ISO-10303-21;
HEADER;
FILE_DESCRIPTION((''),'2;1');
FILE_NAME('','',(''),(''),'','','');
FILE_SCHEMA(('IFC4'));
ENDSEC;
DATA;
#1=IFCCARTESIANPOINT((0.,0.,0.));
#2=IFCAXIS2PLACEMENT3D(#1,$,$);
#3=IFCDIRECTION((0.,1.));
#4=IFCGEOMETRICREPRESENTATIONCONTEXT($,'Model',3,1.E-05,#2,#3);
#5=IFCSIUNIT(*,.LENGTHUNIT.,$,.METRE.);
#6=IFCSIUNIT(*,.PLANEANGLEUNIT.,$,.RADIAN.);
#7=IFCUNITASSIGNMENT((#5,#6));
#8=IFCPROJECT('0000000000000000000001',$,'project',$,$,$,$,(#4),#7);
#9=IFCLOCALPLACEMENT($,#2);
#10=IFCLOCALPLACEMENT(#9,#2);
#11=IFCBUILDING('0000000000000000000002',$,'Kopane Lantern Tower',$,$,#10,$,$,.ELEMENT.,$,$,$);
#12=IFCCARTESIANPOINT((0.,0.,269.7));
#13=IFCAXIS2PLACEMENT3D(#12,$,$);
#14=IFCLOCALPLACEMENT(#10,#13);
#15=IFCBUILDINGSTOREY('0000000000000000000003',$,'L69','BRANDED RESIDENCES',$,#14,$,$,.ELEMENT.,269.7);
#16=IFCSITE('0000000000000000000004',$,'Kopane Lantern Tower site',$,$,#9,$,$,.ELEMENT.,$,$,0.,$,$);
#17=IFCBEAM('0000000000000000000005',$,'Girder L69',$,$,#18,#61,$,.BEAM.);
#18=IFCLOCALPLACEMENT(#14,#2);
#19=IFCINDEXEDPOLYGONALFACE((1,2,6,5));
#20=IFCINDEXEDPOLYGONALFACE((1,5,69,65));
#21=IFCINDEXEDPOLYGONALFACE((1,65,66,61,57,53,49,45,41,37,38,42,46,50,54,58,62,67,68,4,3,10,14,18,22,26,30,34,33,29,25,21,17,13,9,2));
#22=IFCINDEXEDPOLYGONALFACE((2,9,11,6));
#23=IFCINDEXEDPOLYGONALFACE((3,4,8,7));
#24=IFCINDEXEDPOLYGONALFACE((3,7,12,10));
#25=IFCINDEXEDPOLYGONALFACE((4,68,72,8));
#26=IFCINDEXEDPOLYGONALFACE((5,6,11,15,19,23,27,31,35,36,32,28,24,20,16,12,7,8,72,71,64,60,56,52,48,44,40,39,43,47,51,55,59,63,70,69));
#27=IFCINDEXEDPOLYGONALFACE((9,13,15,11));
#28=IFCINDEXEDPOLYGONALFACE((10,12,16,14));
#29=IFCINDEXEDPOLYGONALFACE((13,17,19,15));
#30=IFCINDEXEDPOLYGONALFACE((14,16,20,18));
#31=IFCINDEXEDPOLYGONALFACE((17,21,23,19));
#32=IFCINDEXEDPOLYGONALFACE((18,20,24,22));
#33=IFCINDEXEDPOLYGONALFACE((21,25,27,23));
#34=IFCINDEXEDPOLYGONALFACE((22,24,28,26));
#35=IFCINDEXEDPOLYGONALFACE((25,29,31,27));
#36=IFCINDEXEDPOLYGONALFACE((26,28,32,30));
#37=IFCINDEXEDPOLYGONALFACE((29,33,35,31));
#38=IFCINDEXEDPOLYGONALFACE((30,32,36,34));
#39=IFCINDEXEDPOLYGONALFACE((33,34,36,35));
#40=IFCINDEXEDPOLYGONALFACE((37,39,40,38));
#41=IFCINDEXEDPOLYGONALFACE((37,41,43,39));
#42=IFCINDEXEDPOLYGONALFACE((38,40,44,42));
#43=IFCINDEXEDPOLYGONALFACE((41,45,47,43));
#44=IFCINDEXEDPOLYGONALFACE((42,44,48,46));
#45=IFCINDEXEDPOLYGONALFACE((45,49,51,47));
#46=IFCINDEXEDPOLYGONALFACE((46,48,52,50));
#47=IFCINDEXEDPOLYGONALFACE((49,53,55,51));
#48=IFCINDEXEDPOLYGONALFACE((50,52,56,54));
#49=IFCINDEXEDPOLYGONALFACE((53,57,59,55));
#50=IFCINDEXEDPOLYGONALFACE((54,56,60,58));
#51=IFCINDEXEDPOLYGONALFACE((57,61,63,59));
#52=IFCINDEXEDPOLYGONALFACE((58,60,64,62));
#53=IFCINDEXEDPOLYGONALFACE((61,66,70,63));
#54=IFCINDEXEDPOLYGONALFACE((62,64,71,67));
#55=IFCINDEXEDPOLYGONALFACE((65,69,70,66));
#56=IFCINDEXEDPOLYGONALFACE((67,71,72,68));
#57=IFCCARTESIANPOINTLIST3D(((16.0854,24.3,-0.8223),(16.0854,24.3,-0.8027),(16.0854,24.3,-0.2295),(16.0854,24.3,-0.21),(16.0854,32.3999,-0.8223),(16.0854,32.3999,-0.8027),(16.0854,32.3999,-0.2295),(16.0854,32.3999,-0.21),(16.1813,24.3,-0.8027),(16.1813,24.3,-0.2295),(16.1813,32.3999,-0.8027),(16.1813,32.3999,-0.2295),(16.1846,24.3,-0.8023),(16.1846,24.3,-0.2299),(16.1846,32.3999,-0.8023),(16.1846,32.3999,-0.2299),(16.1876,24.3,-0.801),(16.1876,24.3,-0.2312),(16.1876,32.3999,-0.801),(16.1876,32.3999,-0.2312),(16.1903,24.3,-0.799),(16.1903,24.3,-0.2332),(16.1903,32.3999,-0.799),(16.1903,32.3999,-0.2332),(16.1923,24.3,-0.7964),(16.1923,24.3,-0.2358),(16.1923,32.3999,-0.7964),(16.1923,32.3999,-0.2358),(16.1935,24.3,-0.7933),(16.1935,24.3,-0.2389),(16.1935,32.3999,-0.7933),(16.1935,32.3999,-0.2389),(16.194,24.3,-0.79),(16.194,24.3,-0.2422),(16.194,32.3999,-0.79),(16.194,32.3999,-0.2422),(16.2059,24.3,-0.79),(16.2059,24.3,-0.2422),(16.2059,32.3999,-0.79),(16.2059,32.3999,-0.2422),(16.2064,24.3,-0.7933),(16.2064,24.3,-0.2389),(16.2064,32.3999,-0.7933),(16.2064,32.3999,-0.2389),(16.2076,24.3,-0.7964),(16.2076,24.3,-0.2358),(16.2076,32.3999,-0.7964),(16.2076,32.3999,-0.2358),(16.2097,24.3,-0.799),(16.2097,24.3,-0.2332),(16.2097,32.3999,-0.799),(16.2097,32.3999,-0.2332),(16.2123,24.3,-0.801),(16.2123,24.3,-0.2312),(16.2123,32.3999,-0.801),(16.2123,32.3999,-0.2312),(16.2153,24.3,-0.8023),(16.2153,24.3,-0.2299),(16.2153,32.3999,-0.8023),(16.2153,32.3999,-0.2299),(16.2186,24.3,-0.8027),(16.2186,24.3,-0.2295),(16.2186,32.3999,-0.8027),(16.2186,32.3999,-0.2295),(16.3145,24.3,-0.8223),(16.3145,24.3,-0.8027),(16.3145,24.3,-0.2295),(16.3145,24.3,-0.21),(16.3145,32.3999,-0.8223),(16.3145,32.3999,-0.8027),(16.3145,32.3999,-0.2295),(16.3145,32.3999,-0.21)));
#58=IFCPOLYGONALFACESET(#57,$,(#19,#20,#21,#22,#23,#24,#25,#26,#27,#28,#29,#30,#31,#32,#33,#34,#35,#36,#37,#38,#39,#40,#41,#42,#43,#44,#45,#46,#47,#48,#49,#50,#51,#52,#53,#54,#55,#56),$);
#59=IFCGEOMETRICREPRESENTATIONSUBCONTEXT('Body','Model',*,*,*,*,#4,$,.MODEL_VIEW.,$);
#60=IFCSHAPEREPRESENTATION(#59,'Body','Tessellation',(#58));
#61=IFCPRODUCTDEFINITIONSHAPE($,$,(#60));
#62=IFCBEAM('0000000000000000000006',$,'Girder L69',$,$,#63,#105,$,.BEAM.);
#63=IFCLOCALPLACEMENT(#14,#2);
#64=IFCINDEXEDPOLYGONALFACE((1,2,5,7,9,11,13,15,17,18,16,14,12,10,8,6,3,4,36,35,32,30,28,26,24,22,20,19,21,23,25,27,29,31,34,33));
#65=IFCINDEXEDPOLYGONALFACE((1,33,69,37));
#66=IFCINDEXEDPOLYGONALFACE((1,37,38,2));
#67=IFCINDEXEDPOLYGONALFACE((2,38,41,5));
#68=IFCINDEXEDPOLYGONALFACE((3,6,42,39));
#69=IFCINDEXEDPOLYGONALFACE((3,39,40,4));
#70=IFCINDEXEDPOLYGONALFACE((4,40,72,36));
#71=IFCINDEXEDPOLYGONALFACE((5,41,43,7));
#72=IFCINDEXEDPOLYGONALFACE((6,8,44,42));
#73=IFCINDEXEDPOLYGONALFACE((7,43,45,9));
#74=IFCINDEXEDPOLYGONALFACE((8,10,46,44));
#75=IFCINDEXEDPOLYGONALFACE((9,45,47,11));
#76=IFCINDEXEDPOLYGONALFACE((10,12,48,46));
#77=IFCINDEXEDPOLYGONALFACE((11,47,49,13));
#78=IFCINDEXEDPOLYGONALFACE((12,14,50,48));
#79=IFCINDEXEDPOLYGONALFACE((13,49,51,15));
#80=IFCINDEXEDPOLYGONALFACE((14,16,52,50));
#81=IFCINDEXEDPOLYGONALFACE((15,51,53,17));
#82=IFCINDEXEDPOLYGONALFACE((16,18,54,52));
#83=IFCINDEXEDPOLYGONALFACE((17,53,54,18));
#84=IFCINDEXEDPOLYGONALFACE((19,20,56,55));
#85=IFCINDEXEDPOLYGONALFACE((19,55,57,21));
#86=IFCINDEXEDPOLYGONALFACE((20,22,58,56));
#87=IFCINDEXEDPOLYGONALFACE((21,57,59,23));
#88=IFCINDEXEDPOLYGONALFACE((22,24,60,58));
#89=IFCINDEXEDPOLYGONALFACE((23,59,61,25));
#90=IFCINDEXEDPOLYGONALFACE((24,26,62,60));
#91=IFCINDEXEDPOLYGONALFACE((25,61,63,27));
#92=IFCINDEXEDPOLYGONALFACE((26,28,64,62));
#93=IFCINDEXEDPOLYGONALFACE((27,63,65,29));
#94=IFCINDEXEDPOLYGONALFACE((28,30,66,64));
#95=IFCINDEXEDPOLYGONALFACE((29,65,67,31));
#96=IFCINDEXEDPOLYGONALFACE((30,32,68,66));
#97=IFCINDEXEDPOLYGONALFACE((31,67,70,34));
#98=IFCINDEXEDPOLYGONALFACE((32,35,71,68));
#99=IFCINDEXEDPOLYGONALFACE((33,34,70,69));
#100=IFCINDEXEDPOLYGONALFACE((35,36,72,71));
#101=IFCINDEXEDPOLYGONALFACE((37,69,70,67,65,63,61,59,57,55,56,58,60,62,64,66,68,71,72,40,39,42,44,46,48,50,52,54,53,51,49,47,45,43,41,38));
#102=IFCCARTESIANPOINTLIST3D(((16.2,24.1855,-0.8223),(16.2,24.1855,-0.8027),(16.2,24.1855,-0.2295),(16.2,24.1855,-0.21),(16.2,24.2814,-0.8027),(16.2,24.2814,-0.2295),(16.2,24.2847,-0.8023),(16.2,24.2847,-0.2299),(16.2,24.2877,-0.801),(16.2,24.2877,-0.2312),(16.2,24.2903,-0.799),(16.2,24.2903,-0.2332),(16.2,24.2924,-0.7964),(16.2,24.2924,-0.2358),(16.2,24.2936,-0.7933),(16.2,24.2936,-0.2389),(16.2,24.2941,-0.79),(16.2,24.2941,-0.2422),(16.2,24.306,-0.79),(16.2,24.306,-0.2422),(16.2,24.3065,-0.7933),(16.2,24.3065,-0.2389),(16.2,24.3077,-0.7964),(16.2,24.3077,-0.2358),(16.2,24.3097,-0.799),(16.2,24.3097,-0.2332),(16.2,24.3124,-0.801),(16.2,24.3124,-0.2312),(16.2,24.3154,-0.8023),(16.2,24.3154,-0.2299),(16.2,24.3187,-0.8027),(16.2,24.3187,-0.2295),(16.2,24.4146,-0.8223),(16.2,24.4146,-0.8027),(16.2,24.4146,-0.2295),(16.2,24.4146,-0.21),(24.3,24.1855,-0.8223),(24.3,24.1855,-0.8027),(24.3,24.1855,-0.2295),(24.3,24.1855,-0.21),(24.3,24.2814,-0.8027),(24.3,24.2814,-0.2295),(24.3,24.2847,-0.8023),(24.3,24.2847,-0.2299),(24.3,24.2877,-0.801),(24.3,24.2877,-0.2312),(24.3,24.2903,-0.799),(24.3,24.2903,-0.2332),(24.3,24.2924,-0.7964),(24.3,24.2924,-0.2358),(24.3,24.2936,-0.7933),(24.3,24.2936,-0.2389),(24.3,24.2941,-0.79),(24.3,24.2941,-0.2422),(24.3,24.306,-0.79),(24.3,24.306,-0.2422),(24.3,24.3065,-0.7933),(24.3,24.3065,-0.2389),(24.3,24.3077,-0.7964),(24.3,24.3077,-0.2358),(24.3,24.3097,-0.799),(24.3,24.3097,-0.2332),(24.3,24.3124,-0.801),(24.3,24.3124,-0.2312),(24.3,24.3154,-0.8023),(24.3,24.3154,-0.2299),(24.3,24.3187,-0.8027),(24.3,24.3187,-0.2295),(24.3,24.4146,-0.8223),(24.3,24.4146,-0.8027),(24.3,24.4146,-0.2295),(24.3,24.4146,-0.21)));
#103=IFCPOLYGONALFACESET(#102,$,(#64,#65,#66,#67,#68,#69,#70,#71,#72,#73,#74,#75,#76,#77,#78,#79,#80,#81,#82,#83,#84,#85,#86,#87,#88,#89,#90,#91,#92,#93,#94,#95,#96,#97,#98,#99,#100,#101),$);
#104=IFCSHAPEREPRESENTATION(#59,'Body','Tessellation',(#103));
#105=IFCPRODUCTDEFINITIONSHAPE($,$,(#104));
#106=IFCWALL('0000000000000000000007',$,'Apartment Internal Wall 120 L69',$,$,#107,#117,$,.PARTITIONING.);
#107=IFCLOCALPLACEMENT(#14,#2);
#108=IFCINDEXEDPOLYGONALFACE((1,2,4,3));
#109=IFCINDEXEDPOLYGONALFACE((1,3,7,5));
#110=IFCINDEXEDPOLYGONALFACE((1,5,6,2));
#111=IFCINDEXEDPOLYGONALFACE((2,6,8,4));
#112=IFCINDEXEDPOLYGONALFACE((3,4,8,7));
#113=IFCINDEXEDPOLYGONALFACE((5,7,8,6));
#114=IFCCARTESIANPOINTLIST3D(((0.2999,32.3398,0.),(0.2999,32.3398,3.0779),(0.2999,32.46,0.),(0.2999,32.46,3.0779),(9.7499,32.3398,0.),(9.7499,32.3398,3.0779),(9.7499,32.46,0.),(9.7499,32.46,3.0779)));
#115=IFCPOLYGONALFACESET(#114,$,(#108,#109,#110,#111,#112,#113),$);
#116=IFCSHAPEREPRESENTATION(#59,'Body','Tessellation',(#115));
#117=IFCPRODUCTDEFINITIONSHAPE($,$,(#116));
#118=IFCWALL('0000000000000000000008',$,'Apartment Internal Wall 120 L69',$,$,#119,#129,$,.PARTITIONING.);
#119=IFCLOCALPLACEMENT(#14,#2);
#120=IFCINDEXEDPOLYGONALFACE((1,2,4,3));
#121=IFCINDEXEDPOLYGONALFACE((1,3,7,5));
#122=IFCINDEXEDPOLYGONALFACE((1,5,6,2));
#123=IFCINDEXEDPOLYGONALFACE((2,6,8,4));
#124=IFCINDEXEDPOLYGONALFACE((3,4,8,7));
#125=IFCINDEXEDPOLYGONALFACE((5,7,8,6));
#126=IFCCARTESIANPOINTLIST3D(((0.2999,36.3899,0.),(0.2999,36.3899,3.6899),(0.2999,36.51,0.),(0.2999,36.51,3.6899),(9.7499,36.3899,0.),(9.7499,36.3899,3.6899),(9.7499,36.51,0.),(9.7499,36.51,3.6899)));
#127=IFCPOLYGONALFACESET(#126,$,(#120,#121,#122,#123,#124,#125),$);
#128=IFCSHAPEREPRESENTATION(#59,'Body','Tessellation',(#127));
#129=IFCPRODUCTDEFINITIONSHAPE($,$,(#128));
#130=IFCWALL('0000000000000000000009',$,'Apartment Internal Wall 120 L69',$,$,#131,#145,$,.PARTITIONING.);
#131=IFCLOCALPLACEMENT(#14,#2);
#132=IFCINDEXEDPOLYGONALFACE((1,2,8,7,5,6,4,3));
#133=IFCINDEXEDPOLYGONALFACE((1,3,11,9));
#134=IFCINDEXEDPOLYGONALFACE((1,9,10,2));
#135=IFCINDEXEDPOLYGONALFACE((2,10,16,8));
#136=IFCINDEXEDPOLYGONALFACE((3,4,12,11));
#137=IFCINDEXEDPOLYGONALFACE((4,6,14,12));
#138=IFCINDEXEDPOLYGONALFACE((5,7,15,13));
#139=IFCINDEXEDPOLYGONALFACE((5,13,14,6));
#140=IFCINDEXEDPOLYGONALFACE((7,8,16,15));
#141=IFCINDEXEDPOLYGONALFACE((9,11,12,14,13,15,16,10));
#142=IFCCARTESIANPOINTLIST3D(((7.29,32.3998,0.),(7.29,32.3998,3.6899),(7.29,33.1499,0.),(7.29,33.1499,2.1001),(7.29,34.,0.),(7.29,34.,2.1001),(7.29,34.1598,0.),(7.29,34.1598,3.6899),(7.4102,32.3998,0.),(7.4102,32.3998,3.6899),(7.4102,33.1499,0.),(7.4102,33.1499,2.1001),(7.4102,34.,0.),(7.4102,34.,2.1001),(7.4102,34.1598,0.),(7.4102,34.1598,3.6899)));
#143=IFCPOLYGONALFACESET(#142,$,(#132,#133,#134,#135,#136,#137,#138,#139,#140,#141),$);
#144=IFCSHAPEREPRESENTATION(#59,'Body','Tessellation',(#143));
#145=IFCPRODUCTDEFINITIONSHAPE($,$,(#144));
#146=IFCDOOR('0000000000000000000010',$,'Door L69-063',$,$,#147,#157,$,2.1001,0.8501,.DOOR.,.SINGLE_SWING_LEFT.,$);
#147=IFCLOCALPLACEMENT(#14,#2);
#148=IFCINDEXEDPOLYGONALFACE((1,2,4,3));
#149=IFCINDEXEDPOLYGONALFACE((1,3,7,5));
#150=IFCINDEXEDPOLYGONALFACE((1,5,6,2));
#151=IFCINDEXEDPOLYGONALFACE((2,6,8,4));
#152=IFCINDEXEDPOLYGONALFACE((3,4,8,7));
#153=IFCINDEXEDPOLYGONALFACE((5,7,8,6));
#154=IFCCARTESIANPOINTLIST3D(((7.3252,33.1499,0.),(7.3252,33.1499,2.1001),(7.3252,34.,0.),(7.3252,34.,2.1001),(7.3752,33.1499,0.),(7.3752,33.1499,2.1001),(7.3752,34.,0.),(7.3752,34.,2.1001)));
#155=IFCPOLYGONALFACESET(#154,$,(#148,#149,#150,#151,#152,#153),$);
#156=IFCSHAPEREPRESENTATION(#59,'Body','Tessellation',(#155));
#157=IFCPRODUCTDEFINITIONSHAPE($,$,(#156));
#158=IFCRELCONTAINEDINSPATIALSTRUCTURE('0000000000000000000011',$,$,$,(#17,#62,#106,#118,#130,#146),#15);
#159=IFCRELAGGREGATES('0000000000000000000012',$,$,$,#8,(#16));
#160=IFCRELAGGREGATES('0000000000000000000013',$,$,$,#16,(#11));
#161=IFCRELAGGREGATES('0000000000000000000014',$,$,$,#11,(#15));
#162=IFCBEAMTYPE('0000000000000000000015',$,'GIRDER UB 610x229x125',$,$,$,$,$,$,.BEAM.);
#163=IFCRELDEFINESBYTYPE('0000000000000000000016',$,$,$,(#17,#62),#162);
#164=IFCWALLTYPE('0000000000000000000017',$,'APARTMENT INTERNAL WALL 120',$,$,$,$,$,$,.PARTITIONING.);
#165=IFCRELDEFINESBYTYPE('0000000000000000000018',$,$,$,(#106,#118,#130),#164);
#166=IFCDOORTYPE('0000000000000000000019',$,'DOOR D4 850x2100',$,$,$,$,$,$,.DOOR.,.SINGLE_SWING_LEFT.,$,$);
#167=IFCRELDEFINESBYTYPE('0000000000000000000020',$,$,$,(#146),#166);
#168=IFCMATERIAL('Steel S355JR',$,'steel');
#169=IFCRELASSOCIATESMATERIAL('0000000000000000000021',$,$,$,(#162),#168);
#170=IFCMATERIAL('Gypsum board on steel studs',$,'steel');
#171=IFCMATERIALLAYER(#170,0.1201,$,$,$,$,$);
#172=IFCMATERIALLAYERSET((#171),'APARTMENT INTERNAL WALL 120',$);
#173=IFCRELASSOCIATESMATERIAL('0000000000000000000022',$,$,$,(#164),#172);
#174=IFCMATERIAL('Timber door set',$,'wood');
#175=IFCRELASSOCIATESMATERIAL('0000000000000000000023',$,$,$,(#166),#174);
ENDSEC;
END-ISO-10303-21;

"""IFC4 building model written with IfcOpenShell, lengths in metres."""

from ifc_helpers import new_model, si_unit, direction, frame, frame_2d, origin, origin_2d, place, context, subcontext, project, spatial, rectangle, i_section, extrude, material, layer, layer_set, material_profile, profile_set, type_object, element, fill, save


model = new_model("IFC4")

# Units and contexts
model_context = context("Model", 3, precision=1e-05, world=origin(), true_north=direction((0.0, 1.0)))
body_context = subcontext(model_context, "Body", "Model", "MODEL_VIEW")
ifc_project = project(units=[si_unit("LENGTHUNIT", "METRE"), si_unit("PLANEANGLEUNIT", "RADIAN")], contexts=[model_context])

# Site, building, storey
site_placement = place(None, origin())
site = spatial("IfcSite", under=ifc_project, at=site_placement, Name="Kopane Lantern Tower site", CompositionType="ELEMENT", RefElevation=0.0)
building_placement = place(site_placement, origin())
building = spatial("IfcBuilding", under=site, at=building_placement, Name="Kopane Lantern Tower", CompositionType="ELEMENT")
storey_placement = place(building_placement, frame((0.0, 0.0, 269.7)))
storey = spatial("IfcBuildingStorey", under=building, at=storey_placement, Name="L69", Description="BRANDED RESIDENCES", CompositionType="ELEMENT", Elevation=269.7)

# Beams
ifc_material_1 = material(Name="Steel S355JR", Category="steel")
ifc_material_profile_1 = material_profile(ifc_material_1, i_section(OverallWidth=0.229, OverallDepth=0.6123, WebThickness=0.012, FlangeThickness=0.0195, FilletRadius=0.0127, at=origin_2d()), Name="UB 610x229x125")
ifc_profile_set_1 = profile_set([ifc_material_profile_1], Name="Steel S355JR")
beam_type = type_object("IfcBeamType", Name="GIRDER UB 610x229x125", PredefinedType="BEAM", material=ifc_profile_set_1)
for number, where, z_axis, x_axis, name in (
    (1, (16.2, 24.3, -0.5161), (0.0, 1.0, 0.0), (-1.0, 0.0, 0.0), "Girder L69"),
):
    element("IfcBeam", number, at=place(storey_placement, frame(where, z_axis=z_axis, x_axis=x_axis)), inside=storey, type_object=beam_type, Name=name, PredefinedType="BEAM", context=body_context, shape_type="SweptSolid", body=[
        extrude(i_section(OverallWidth=0.229, OverallDepth=0.6123, WebThickness=0.012, FlangeThickness=0.0195, FilletRadius=0.0127, at=origin_2d()), origin(), (0.0, 0.0, 1.0), 8.0999),
    ])
beam_placement = place(storey_placement, frame((16.2, 24.3, -0.5161), z_axis=(1.0, 0.0, 0.0), x_axis=(0.0, 1.0, 0.0)))
element("IfcBeam", 2, at=beam_placement, inside=storey, type_object=beam_type, Name="Girder L69", PredefinedType="BEAM", context=body_context, shape_type="SweptSolid", body=[
    extrude(i_section(OverallWidth=0.229, OverallDepth=0.6123, WebThickness=0.012, FlangeThickness=0.0195, FilletRadius=0.0127, at=origin_2d()), origin(), (0.0, 0.0, 1.0), 8.1001),
])

# Walls
ifc_material_2 = material(Name="Gypsum board on steel studs", Category="steel")
ifc_layer_1 = layer(ifc_material_2, 0.1201)
ifc_layer_set_1 = layer_set([ifc_layer_1], Name="APARTMENT INTERNAL WALL 120")
wall_type_1 = type_object("IfcWallType", Name="APARTMENT INTERNAL WALL 120", PredefinedType="PARTITIONING", material=ifc_layer_set_1)
wall_1_placement = place(storey_placement, frame((9.75, 32.3999, 0.0), z_axis=(0.0, 0.0, 1.0), x_axis=(-1.0, 0.0, 0.0)))
element("IfcWall", 3, at=wall_1_placement, inside=storey, type_object=wall_type_1, Name="Apartment Internal Wall 120 L69", PredefinedType="PARTITIONING", context=body_context, shape_type="SweptSolid", body=[
    extrude(rectangle(XDim=9.45, YDim=0.1201, at=frame_2d((4.7251, 0.0))), origin(), (0.0, 0.0, 1.0), 3.0779),
])
wall_2_placement = place(storey_placement, frame((9.75, 36.45, 0.0), z_axis=(0.0, 0.0, 1.0), x_axis=(-1.0, 0.0, 0.0)))
element("IfcWall", 4, at=wall_2_placement, inside=storey, type_object=wall_type_1, Name="Apartment Internal Wall 120 L69", PredefinedType="PARTITIONING", context=body_context, shape_type="SweptSolid", body=[
    extrude(rectangle(XDim=9.45, YDim=0.1201, at=frame_2d((4.7251, 0.0))), origin(), (0.0, 0.0, 1.0), 3.6899),
])

# Wall, opening, door
wall_3_placement = place(storey_placement, frame((7.3501, 32.3999, 0.0), z_axis=(0.0, 0.0, 1.0), x_axis=(0.0, 1.0, 0.0)))
wall_3 = element("IfcWall", 5, at=wall_3_placement, inside=storey, type_object=wall_type_1, Name="Apartment Internal Wall 120 L69", PredefinedType="PARTITIONING", context=body_context, shape_type="SweptSolid", body=[
    extrude(rectangle(XDim=1.76, YDim=0.1201, at=frame_2d((0.8799, 0.0))), origin(), (0.0, 0.0, 1.0), 3.6899),
])
opening_1_placement = place(wall_3_placement, frame((0.75, 0.0, 0.0)))
opening_1 = element("IfcOpeningElement", 6, at=opening_1_placement, cuts=wall_3, PredefinedType="OPENING", context=body_context, shape_type="SweptSolid", body=[
    extrude(rectangle(XDim=0.8501, YDim=2.1001, at=frame_2d((0.425, 1.05))), frame((0.0, 0.0701, 0.0), z_axis=(0.0, -1.0, 0.0), x_axis=(1.0, 0.0, 0.0)), (0.0, 0.0, 1.0), 0.1401),
])
ifc_material_3 = material(Name="Timber door set", Category="wood")
door_type_1 = type_object("IfcDoorType", Name="DOOR D4 850x2100", OperationType="SINGLE_SWING_LEFT", PredefinedType="DOOR", material=ifc_material_3)
door_1_placement = place(opening_1_placement, origin())
door_1 = element("IfcDoor", 7, at=door_1_placement, inside=storey, type_object=door_type_1, Name="Door L69-063", OperationType="SINGLE_SWING_LEFT", OverallHeight=2.1001, OverallWidth=0.8501, PredefinedType="DOOR", context=body_context, shape_type="SweptSolid", body=[
    extrude(rectangle(XDim=0.8501, YDim=2.1001, at=frame_2d((0.425, 1.05))), frame((0.0, 0.0249, 0.0), z_axis=(0.0, -1.0, 0.0), x_axis=(1.0, 0.0, 0.0)), (0.0, 0.0, 1.0), 0.05),
])
fill(opening_1, door_1)

save(model, "model.ifc")
